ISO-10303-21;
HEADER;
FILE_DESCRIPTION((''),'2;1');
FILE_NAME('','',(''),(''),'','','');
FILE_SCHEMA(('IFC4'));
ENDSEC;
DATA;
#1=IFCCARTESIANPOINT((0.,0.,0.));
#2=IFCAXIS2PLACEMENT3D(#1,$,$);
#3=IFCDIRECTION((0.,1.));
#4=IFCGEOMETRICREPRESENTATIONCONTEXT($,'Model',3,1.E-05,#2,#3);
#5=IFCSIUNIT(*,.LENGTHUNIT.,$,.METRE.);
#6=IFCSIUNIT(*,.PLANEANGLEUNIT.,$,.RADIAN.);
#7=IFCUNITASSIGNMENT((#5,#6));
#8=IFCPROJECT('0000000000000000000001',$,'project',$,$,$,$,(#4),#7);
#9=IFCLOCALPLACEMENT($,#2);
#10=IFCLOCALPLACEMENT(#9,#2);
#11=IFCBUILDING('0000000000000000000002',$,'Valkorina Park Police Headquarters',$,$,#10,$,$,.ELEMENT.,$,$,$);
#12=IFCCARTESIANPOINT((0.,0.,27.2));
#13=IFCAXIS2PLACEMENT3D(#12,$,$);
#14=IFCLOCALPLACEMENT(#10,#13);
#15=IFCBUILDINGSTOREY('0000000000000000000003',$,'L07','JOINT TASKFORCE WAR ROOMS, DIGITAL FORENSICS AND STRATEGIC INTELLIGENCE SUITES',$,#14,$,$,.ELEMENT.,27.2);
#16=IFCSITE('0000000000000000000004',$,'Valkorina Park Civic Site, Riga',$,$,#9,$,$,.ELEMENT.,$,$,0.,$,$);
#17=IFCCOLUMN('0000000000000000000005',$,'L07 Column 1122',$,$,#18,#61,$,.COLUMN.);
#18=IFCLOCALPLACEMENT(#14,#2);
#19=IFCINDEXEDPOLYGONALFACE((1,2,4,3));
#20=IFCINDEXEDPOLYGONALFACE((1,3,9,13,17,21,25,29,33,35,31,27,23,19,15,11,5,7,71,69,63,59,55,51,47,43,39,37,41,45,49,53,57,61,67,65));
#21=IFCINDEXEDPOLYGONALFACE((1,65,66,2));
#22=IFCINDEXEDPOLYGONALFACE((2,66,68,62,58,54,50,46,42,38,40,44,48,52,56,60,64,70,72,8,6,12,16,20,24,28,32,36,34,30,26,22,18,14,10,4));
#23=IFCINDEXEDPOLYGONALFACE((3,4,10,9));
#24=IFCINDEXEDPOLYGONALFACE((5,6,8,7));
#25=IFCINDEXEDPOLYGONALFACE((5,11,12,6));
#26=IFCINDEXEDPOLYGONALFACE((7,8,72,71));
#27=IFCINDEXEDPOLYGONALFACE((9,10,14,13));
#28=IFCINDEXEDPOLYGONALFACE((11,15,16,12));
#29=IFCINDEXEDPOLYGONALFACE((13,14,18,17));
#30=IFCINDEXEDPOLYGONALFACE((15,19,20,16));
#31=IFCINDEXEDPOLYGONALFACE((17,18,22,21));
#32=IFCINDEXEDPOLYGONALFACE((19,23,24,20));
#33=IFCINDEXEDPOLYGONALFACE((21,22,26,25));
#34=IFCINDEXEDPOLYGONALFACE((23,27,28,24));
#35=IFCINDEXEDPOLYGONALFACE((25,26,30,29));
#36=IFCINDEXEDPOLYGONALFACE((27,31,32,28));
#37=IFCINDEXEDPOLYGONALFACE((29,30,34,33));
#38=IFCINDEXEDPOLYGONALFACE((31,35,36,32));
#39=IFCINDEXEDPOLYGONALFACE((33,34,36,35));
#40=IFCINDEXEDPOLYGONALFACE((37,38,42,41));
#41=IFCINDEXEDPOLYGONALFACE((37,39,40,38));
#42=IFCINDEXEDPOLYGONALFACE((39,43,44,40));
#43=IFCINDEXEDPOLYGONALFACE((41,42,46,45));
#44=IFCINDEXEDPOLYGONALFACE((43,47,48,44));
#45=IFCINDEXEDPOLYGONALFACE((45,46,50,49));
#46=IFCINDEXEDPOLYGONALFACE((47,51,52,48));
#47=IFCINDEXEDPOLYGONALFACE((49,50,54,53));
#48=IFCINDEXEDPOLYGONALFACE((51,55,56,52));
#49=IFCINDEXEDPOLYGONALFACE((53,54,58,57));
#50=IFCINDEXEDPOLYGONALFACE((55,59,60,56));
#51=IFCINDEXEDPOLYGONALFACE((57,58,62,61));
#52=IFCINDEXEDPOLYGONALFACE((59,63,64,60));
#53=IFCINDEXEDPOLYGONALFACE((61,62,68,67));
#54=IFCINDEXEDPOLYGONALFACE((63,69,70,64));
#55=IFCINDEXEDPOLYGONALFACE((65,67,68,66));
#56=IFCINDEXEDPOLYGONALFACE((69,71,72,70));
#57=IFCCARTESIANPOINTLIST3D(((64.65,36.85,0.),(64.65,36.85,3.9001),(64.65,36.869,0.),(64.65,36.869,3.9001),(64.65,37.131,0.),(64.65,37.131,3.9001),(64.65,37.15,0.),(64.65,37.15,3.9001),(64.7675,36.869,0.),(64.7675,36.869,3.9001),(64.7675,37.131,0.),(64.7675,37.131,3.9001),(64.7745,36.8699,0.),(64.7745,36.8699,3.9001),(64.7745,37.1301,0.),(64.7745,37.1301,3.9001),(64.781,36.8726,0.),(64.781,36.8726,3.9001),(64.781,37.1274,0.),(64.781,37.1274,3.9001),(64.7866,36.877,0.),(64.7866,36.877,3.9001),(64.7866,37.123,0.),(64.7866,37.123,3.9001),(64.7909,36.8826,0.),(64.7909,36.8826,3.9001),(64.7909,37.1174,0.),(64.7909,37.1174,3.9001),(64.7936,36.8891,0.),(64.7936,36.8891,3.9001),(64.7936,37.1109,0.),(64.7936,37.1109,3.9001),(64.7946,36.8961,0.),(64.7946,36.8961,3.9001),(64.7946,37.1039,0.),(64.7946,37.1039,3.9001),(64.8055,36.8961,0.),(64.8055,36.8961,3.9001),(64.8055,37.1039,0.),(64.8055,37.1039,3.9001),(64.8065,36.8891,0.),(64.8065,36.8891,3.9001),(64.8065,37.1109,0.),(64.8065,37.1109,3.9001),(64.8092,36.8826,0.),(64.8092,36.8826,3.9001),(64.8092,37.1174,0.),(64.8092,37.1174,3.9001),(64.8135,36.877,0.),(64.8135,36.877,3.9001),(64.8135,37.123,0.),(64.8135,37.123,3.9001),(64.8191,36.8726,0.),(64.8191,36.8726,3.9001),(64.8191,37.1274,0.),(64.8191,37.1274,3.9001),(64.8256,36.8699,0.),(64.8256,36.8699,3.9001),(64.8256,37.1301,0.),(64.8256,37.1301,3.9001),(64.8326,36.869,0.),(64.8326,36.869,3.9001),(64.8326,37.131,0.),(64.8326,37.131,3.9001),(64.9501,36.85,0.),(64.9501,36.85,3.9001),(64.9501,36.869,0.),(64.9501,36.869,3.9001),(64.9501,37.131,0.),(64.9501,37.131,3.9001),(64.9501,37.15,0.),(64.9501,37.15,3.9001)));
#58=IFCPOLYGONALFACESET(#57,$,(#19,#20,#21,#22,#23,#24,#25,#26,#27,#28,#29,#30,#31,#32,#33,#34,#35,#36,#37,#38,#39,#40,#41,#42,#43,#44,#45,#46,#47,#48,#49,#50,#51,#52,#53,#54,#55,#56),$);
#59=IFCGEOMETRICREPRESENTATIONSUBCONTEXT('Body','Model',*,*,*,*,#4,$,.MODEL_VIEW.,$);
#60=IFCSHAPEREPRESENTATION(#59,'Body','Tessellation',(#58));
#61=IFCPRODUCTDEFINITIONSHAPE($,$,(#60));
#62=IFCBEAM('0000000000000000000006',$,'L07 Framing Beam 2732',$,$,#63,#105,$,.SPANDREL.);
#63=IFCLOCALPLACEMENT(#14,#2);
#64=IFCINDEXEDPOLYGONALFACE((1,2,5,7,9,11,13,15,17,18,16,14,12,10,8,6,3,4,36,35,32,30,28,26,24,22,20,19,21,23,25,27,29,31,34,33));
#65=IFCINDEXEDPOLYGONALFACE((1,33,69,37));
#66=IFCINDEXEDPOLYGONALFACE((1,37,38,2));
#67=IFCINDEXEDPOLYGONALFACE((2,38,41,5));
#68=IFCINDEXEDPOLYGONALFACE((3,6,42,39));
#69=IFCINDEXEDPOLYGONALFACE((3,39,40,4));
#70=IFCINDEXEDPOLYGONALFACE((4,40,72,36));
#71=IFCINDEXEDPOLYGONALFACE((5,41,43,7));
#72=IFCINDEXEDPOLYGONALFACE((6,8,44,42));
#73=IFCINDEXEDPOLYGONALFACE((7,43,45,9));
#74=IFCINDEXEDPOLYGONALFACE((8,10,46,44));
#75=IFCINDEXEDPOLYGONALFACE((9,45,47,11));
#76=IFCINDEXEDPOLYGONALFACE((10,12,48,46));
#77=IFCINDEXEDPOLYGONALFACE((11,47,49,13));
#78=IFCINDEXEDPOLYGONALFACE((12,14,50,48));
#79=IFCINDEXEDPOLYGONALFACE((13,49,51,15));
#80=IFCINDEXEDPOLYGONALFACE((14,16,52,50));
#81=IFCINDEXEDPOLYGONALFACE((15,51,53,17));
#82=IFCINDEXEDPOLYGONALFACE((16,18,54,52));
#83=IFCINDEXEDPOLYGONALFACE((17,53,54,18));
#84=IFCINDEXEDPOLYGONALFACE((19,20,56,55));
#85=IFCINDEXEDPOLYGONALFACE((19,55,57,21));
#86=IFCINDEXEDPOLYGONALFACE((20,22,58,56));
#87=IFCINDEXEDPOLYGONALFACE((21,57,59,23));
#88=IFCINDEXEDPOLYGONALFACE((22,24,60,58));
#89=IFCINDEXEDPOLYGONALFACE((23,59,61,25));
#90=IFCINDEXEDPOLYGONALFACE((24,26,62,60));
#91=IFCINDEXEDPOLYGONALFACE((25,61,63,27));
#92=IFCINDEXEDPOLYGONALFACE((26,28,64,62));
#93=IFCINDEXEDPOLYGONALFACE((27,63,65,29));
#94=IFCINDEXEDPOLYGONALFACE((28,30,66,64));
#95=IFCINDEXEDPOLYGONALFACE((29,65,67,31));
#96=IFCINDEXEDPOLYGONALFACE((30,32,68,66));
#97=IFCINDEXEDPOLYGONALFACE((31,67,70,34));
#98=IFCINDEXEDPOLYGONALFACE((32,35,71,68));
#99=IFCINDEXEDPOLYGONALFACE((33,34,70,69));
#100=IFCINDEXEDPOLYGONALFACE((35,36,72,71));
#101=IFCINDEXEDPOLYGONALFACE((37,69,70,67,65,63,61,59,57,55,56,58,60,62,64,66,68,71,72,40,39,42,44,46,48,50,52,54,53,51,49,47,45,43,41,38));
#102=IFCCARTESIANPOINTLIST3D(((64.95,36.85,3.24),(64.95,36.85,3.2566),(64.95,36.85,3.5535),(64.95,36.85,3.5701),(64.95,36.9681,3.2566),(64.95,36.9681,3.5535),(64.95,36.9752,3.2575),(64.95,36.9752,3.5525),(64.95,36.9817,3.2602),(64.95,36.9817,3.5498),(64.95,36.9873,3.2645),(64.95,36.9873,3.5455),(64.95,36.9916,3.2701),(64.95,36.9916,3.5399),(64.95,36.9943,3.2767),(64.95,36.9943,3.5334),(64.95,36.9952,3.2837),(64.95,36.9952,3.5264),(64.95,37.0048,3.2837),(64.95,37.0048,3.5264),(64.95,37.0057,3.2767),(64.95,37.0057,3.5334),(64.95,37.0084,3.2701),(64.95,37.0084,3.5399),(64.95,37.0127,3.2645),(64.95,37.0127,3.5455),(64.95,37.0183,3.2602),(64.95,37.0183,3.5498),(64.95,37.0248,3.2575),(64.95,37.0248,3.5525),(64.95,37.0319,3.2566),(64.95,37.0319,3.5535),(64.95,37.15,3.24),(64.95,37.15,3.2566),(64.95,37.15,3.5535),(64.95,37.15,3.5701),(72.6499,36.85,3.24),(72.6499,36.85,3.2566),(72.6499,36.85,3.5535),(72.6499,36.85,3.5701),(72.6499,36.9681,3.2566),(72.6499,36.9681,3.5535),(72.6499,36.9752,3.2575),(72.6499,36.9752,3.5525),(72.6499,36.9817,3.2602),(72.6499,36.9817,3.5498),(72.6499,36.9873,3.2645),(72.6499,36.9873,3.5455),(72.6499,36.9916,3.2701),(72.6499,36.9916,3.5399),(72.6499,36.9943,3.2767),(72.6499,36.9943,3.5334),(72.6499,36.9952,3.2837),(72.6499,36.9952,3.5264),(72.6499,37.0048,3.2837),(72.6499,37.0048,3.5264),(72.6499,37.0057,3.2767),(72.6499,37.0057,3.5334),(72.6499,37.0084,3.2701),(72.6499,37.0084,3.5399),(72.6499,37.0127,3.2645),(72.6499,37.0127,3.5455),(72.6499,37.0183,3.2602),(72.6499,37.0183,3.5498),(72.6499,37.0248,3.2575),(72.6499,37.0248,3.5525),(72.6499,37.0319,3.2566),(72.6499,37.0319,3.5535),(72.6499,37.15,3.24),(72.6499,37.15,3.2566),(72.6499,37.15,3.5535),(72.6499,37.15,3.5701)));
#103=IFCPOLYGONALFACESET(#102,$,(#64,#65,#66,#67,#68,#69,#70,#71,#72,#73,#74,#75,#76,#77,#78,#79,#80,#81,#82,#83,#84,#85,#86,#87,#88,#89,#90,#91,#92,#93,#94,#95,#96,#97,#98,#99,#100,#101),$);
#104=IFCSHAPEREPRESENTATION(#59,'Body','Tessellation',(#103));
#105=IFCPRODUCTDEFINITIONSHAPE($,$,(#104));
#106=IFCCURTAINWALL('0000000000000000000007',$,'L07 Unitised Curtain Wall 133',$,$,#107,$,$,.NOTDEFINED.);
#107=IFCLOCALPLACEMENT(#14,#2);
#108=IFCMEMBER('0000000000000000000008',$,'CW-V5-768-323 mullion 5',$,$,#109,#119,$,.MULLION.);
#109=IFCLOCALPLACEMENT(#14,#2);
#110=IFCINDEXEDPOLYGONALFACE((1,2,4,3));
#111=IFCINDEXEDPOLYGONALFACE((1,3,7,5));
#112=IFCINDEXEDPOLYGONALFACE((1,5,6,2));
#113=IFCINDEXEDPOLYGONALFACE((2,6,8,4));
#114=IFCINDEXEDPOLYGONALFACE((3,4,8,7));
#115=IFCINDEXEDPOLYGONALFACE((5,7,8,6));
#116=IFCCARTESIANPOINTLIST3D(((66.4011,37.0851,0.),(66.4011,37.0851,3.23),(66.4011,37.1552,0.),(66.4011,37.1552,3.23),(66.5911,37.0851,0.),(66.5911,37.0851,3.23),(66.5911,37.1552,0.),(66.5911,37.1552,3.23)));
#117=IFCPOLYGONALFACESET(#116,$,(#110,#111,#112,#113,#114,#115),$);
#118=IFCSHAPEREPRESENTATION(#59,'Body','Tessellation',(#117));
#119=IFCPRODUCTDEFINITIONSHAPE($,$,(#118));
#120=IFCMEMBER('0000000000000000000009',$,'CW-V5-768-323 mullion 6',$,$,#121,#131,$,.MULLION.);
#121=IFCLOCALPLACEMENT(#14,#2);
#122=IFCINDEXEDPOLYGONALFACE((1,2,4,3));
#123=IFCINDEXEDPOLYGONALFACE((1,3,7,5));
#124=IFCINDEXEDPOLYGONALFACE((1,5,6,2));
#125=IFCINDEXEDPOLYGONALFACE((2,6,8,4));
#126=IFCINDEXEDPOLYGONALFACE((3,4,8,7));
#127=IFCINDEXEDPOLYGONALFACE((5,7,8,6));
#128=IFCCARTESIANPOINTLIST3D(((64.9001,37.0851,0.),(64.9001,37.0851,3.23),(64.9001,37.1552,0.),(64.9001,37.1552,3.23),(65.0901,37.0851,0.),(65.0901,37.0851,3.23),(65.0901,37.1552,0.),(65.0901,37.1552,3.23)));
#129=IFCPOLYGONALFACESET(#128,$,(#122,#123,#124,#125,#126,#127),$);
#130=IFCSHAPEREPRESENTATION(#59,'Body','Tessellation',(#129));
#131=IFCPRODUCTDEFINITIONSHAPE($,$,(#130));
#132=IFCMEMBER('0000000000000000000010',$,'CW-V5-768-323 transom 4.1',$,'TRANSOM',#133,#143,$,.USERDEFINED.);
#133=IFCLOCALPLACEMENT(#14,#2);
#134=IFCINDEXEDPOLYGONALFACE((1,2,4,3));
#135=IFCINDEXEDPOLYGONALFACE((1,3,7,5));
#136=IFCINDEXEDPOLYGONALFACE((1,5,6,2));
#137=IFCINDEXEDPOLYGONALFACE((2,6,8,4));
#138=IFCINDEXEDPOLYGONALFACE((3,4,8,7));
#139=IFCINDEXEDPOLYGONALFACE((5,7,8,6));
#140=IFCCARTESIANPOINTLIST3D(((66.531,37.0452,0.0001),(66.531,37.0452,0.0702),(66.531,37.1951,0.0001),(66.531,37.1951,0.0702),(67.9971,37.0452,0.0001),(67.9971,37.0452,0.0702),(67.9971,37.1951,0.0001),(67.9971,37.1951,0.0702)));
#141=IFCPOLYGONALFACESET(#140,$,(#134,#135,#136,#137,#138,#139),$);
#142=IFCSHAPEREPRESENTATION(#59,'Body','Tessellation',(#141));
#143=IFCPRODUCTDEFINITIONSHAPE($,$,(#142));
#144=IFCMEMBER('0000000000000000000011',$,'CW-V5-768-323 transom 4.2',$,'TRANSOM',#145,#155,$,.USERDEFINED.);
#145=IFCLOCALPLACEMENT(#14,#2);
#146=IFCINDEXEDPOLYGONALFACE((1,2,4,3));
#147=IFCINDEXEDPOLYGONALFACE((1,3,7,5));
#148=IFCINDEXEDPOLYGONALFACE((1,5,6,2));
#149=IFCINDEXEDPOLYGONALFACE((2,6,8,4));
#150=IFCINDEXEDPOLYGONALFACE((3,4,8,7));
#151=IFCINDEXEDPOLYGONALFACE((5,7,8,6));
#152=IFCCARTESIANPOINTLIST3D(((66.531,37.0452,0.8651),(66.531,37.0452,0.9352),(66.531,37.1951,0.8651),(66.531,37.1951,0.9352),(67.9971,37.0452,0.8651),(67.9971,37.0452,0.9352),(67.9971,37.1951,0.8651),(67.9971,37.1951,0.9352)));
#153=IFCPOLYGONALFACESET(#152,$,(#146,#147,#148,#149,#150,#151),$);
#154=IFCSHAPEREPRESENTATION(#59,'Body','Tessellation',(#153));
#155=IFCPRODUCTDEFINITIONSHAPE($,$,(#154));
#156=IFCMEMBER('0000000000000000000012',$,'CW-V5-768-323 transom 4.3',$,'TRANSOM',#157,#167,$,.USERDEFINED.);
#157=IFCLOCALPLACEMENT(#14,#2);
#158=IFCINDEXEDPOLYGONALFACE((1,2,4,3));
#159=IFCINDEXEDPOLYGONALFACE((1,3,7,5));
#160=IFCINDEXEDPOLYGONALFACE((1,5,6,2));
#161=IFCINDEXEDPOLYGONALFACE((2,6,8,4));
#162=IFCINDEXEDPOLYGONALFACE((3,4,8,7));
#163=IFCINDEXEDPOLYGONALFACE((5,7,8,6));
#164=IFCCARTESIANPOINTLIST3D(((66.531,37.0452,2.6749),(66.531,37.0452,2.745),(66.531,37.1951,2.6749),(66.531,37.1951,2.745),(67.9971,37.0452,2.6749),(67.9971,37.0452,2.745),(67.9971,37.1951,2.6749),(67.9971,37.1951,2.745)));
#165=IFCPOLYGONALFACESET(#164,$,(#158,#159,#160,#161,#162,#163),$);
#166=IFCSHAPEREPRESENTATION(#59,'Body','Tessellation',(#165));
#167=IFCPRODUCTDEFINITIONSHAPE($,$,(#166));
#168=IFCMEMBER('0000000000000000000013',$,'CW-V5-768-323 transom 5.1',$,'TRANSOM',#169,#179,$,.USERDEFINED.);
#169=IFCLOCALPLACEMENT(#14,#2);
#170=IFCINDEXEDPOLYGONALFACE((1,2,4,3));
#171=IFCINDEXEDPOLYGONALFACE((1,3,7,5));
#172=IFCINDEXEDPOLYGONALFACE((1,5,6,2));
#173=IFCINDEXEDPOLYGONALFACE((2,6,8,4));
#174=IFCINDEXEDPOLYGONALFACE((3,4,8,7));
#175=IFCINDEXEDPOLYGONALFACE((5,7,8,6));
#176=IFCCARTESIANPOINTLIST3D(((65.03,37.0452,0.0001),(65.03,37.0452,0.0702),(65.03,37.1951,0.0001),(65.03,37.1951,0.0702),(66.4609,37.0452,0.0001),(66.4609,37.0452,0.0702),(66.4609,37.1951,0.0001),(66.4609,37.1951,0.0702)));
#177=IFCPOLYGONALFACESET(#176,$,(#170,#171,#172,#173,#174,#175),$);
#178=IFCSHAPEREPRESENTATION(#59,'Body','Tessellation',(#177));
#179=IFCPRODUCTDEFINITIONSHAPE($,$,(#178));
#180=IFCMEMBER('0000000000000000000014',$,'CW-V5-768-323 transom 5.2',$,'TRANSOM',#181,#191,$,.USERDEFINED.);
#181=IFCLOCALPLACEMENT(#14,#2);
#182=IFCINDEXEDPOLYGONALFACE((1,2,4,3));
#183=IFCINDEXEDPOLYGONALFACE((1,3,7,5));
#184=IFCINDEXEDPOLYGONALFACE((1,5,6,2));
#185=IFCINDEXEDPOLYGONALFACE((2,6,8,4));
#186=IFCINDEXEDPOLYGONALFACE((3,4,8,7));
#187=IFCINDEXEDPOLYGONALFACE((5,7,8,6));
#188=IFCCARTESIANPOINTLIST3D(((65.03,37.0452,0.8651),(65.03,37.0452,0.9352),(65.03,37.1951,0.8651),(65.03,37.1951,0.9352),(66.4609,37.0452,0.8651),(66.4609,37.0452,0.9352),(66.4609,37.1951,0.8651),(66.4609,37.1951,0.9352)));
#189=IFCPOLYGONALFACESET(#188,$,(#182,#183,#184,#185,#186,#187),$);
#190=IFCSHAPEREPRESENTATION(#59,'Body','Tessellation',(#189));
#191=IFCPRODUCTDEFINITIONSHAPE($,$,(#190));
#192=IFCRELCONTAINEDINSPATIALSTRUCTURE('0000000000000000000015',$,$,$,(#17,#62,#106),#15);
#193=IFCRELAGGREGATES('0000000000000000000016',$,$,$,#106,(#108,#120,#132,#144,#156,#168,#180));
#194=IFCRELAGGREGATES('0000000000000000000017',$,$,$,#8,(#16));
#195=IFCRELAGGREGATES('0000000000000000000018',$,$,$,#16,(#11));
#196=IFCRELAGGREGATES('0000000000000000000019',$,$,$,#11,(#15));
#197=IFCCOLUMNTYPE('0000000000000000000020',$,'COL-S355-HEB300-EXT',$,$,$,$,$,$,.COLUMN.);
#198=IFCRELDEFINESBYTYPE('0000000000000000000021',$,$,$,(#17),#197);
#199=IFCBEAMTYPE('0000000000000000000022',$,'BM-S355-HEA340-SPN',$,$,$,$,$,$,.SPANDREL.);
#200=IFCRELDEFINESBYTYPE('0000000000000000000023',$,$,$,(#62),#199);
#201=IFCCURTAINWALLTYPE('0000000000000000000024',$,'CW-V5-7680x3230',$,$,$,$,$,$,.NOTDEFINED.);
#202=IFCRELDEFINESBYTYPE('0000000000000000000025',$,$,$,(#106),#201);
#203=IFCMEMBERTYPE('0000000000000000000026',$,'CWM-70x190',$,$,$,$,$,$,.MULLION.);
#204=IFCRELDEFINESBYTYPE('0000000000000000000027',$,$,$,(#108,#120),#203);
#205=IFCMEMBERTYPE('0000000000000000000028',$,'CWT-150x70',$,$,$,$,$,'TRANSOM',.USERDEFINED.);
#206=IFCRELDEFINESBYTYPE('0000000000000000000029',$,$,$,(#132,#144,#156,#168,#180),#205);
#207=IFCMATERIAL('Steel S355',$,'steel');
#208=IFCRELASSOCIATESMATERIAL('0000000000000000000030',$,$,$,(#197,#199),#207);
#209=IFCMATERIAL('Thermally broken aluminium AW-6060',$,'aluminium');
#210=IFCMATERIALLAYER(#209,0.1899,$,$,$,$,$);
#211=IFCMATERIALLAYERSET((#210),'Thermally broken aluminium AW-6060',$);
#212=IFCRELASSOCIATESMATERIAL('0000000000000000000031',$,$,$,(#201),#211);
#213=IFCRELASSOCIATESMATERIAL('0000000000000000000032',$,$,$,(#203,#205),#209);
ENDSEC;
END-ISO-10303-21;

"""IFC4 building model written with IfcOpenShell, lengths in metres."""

from ifc_helpers import new_model, si_unit, direction, frame, origin, origin_2d, place, context, subcontext, project, spatial, rectangle, i_section, extrude, material, layer, layer_set, material_profile, profile_set, type_object, element, aggregate, save


model = new_model("IFC4")

# Units and contexts
model_context = context("Model", 3, precision=1e-05, world=origin(), true_north=direction((0.0, 1.0)))
body_context = subcontext(model_context, "Body", "Model", "MODEL_VIEW")
ifc_project = project(units=[si_unit("LENGTHUNIT", "METRE"), si_unit("PLANEANGLEUNIT", "RADIAN")], contexts=[model_context])

# Site, building, storey
site_placement = place(None, origin())
site = spatial("IfcSite", under=ifc_project, at=site_placement, Name="Valkorina Park Civic Site, Riga", CompositionType="ELEMENT", RefElevation=0.0)
building_placement = place(site_placement, origin())
building = spatial("IfcBuilding", under=site, at=building_placement, Name="Valkorina Park Police Headquarters", CompositionType="ELEMENT")
storey_placement = place(building_placement, frame((0.0, 0.0, 27.2)))
storey = spatial("IfcBuildingStorey", under=building, at=storey_placement, Name="L07", Description="JOINT TASKFORCE WAR ROOMS, DIGITAL FORENSICS AND STRATEGIC INTELLIGENCE SUITES", CompositionType="ELEMENT", Elevation=27.2)

# Column
ifc_material_1 = material(Name="Steel S355", Category="steel")
ifc_material_profile_1 = material_profile(ifc_material_1, i_section(OverallWidth=0.3, OverallDepth=0.3, WebThickness=0.011, FlangeThickness=0.019, FilletRadius=0.0271, at=origin_2d()), Name="HEB 300")
ifc_profile_set_1 = profile_set([ifc_material_profile_1], Name="Steel S355")
column_type = type_object("IfcColumnType", Name="COL-S355-HEB300-EXT", PredefinedType="COLUMN", material=ifc_profile_set_1)
column_placement = place(storey_placement, frame((64.8, 37.0, 0.0), z_axis=(0.0, 0.0, 1.0), x_axis=(1.0, 0.0, 0.0)))
element("IfcColumn", 1, at=column_placement, inside=storey, type_object=column_type, Name="L07 Column 1122", PredefinedType="COLUMN", context=body_context, shape_type="SweptSolid", body=[
    extrude(i_section(OverallWidth=0.3, OverallDepth=0.3, WebThickness=0.011, FlangeThickness=0.019, FilletRadius=0.0271, at=origin_2d()), origin(), (0.0, 0.0, 1.0), 3.9001),
])

# Beam
ifc_material_profile_2 = material_profile(ifc_material_1, i_section(OverallWidth=0.3, OverallDepth=0.3301, WebThickness=0.0095, FlangeThickness=0.0166, FilletRadius=0.0271, at=origin_2d()), Name="HEA 340")
ifc_profile_set_2 = profile_set([ifc_material_profile_2], Name="Steel S355")
beam_type = type_object("IfcBeamType", Name="BM-S355-HEA340-SPN", PredefinedType="SPANDREL", material=ifc_profile_set_2)
beam_placement = place(storey_placement, frame((64.95, 37.0, 3.405), z_axis=(1.0, 0.0, 0.0), x_axis=(0.0, 1.0, 0.0)))
element("IfcBeam", 2, at=beam_placement, inside=storey, type_object=beam_type, Name="L07 Framing Beam 2732", PredefinedType="SPANDREL", context=body_context, shape_type="SweptSolid", body=[
    extrude(i_section(OverallWidth=0.3, OverallDepth=0.3301, WebThickness=0.0095, FlangeThickness=0.0166, FilletRadius=0.0271, at=origin_2d()), origin(), (0.0, 0.0, 1.0), 7.7),
])

# Curtain wall, members
ifc_material_2 = material(Name="Thermally broken aluminium AW-6060", Category="aluminium")
ifc_layer_1 = layer(ifc_material_2, 0.1899)
ifc_layer_set_1 = layer_set([ifc_layer_1], Name="Thermally broken aluminium AW-6060")
curtain_wall_type = type_object("IfcCurtainWallType", Name="CW-V5-7680x3230", PredefinedType="NOTDEFINED", material=ifc_layer_set_1)
curtain_wall_placement = place(storey_placement, origin())
curtain_wall = element("IfcCurtainWall", 3, at=curtain_wall_placement, inside=storey, type_object=curtain_wall_type, Name="L07 Unitised Curtain Wall 133", PredefinedType="NOTDEFINED")
ifc_material_profile_3 = material_profile(ifc_material_2, rectangle(XDim=0.0701, YDim=0.1899, at=origin_2d()), Name="CWM-02 70x190")
ifc_profile_set_3 = profile_set([ifc_material_profile_3], Name="Thermally broken aluminium AW-6060")
member_type_1 = type_object("IfcMemberType", Name="CWM-70x190", PredefinedType="MULLION", material=ifc_profile_set_3)
member_1_placement = place(storey_placement, frame((66.4961, 37.1201, 0.0), z_axis=(0.0, 0.0, 1.0), x_axis=(0.0, -1.0, 0.0)))
member_1 = element("IfcMember", 4, at=member_1_placement, type_object=member_type_1, Name="CW-V5-768-323 mullion 5", PredefinedType="MULLION", context=body_context, shape_type="SweptSolid", body=[
    extrude(rectangle(XDim=0.0701, YDim=0.1899, at=origin_2d()), origin(), (0.0, 0.0, 1.0), 3.23),
])
member_2_placement = place(storey_placement, frame((64.9951, 37.1201, 0.0), z_axis=(0.0, 0.0, 1.0), x_axis=(0.0, -1.0, 0.0)))
member_2 = element("IfcMember", 5, at=member_2_placement, type_object=member_type_1, Name="CW-V5-768-323 mullion 6", PredefinedType="MULLION", context=body_context, shape_type="SweptSolid", body=[
    extrude(rectangle(XDim=0.0701, YDim=0.1899, at=origin_2d()), origin(), (0.0, 0.0, 1.0), 3.23),
])
ifc_material_profile_4 = material_profile(ifc_material_2, rectangle(XDim=0.1499, YDim=0.0701, at=origin_2d()), Name="CWT-02 150x70")
ifc_profile_set_4 = profile_set([ifc_material_profile_4], Name="Thermally broken aluminium AW-6060")
member_type_2 = type_object("IfcMemberType", Name="CWT-150x70", ElementType="TRANSOM", PredefinedType="USERDEFINED", material=ifc_profile_set_4)
member_3_placement = place(storey_placement, frame((67.9971, 37.1201, 0.0352), z_axis=(-1.0, 0.0, 0.0), x_axis=(0.0, -1.0, 0.0)))
member_3 = element("IfcMember", 6, at=member_3_placement, type_object=member_type_2, Name="CW-V5-768-323 transom 4.1", ObjectType="TRANSOM", PredefinedType="USERDEFINED", context=body_context, shape_type="SweptSolid", body=[
    extrude(rectangle(XDim=0.1499, YDim=0.0701, at=origin_2d()), origin(), (0.0, 0.0, 1.0), 1.4661),
])
member_4_placement = place(storey_placement, frame((67.9971, 37.1201, 0.9001), z_axis=(-1.0, 0.0, 0.0), x_axis=(0.0, -1.0, 0.0)))
member_4 = element("IfcMember", 7, at=member_4_placement, type_object=member_type_2, Name="CW-V5-768-323 transom 4.2", ObjectType="TRANSOM", PredefinedType="USERDEFINED", context=body_context, shape_type="SweptSolid", body=[
    extrude(rectangle(XDim=0.1499, YDim=0.0701, at=origin_2d()), origin(), (0.0, 0.0, 1.0), 1.4661),
])
member_5_placement = place(storey_placement, frame((67.9971, 37.1201, 2.71), z_axis=(-1.0, 0.0, 0.0), x_axis=(0.0, -1.0, 0.0)))
member_5 = element("IfcMember", 8, at=member_5_placement, type_object=member_type_2, Name="CW-V5-768-323 transom 4.3", ObjectType="TRANSOM", PredefinedType="USERDEFINED", context=body_context, shape_type="SweptSolid", body=[
    extrude(rectangle(XDim=0.1499, YDim=0.0701, at=origin_2d()), origin(), (0.0, 0.0, 1.0), 1.4661),
])
member_6_placement = place(storey_placement, frame((66.4609, 37.1201, 0.0352), z_axis=(-1.0, 0.0, 0.0), x_axis=(0.0, -1.0, 0.0)))
member_6 = element("IfcMember", 9, at=member_6_placement, type_object=member_type_2, Name="CW-V5-768-323 transom 5.1", ObjectType="TRANSOM", PredefinedType="USERDEFINED", context=body_context, shape_type="SweptSolid", body=[
    extrude(rectangle(XDim=0.1499, YDim=0.0701, at=origin_2d()), origin(), (0.0, 0.0, 1.0), 1.4309),
])
member_7_placement = place(storey_placement, frame((66.4609, 37.1201, 0.9001), z_axis=(-1.0, 0.0, 0.0), x_axis=(0.0, -1.0, 0.0)))
member_7 = element("IfcMember", 10, at=member_7_placement, type_object=member_type_2, Name="CW-V5-768-323 transom 5.2", ObjectType="TRANSOM", PredefinedType="USERDEFINED", context=body_context, shape_type="SweptSolid", body=[
    extrude(rectangle(XDim=0.1499, YDim=0.0701, at=origin_2d()), origin(), (0.0, 0.0, 1.0), 1.4309),
])
aggregate(curtain_wall, [member_1, member_2, member_3, member_4, member_5, member_6, member_7])

save(model, "model.ifc")
